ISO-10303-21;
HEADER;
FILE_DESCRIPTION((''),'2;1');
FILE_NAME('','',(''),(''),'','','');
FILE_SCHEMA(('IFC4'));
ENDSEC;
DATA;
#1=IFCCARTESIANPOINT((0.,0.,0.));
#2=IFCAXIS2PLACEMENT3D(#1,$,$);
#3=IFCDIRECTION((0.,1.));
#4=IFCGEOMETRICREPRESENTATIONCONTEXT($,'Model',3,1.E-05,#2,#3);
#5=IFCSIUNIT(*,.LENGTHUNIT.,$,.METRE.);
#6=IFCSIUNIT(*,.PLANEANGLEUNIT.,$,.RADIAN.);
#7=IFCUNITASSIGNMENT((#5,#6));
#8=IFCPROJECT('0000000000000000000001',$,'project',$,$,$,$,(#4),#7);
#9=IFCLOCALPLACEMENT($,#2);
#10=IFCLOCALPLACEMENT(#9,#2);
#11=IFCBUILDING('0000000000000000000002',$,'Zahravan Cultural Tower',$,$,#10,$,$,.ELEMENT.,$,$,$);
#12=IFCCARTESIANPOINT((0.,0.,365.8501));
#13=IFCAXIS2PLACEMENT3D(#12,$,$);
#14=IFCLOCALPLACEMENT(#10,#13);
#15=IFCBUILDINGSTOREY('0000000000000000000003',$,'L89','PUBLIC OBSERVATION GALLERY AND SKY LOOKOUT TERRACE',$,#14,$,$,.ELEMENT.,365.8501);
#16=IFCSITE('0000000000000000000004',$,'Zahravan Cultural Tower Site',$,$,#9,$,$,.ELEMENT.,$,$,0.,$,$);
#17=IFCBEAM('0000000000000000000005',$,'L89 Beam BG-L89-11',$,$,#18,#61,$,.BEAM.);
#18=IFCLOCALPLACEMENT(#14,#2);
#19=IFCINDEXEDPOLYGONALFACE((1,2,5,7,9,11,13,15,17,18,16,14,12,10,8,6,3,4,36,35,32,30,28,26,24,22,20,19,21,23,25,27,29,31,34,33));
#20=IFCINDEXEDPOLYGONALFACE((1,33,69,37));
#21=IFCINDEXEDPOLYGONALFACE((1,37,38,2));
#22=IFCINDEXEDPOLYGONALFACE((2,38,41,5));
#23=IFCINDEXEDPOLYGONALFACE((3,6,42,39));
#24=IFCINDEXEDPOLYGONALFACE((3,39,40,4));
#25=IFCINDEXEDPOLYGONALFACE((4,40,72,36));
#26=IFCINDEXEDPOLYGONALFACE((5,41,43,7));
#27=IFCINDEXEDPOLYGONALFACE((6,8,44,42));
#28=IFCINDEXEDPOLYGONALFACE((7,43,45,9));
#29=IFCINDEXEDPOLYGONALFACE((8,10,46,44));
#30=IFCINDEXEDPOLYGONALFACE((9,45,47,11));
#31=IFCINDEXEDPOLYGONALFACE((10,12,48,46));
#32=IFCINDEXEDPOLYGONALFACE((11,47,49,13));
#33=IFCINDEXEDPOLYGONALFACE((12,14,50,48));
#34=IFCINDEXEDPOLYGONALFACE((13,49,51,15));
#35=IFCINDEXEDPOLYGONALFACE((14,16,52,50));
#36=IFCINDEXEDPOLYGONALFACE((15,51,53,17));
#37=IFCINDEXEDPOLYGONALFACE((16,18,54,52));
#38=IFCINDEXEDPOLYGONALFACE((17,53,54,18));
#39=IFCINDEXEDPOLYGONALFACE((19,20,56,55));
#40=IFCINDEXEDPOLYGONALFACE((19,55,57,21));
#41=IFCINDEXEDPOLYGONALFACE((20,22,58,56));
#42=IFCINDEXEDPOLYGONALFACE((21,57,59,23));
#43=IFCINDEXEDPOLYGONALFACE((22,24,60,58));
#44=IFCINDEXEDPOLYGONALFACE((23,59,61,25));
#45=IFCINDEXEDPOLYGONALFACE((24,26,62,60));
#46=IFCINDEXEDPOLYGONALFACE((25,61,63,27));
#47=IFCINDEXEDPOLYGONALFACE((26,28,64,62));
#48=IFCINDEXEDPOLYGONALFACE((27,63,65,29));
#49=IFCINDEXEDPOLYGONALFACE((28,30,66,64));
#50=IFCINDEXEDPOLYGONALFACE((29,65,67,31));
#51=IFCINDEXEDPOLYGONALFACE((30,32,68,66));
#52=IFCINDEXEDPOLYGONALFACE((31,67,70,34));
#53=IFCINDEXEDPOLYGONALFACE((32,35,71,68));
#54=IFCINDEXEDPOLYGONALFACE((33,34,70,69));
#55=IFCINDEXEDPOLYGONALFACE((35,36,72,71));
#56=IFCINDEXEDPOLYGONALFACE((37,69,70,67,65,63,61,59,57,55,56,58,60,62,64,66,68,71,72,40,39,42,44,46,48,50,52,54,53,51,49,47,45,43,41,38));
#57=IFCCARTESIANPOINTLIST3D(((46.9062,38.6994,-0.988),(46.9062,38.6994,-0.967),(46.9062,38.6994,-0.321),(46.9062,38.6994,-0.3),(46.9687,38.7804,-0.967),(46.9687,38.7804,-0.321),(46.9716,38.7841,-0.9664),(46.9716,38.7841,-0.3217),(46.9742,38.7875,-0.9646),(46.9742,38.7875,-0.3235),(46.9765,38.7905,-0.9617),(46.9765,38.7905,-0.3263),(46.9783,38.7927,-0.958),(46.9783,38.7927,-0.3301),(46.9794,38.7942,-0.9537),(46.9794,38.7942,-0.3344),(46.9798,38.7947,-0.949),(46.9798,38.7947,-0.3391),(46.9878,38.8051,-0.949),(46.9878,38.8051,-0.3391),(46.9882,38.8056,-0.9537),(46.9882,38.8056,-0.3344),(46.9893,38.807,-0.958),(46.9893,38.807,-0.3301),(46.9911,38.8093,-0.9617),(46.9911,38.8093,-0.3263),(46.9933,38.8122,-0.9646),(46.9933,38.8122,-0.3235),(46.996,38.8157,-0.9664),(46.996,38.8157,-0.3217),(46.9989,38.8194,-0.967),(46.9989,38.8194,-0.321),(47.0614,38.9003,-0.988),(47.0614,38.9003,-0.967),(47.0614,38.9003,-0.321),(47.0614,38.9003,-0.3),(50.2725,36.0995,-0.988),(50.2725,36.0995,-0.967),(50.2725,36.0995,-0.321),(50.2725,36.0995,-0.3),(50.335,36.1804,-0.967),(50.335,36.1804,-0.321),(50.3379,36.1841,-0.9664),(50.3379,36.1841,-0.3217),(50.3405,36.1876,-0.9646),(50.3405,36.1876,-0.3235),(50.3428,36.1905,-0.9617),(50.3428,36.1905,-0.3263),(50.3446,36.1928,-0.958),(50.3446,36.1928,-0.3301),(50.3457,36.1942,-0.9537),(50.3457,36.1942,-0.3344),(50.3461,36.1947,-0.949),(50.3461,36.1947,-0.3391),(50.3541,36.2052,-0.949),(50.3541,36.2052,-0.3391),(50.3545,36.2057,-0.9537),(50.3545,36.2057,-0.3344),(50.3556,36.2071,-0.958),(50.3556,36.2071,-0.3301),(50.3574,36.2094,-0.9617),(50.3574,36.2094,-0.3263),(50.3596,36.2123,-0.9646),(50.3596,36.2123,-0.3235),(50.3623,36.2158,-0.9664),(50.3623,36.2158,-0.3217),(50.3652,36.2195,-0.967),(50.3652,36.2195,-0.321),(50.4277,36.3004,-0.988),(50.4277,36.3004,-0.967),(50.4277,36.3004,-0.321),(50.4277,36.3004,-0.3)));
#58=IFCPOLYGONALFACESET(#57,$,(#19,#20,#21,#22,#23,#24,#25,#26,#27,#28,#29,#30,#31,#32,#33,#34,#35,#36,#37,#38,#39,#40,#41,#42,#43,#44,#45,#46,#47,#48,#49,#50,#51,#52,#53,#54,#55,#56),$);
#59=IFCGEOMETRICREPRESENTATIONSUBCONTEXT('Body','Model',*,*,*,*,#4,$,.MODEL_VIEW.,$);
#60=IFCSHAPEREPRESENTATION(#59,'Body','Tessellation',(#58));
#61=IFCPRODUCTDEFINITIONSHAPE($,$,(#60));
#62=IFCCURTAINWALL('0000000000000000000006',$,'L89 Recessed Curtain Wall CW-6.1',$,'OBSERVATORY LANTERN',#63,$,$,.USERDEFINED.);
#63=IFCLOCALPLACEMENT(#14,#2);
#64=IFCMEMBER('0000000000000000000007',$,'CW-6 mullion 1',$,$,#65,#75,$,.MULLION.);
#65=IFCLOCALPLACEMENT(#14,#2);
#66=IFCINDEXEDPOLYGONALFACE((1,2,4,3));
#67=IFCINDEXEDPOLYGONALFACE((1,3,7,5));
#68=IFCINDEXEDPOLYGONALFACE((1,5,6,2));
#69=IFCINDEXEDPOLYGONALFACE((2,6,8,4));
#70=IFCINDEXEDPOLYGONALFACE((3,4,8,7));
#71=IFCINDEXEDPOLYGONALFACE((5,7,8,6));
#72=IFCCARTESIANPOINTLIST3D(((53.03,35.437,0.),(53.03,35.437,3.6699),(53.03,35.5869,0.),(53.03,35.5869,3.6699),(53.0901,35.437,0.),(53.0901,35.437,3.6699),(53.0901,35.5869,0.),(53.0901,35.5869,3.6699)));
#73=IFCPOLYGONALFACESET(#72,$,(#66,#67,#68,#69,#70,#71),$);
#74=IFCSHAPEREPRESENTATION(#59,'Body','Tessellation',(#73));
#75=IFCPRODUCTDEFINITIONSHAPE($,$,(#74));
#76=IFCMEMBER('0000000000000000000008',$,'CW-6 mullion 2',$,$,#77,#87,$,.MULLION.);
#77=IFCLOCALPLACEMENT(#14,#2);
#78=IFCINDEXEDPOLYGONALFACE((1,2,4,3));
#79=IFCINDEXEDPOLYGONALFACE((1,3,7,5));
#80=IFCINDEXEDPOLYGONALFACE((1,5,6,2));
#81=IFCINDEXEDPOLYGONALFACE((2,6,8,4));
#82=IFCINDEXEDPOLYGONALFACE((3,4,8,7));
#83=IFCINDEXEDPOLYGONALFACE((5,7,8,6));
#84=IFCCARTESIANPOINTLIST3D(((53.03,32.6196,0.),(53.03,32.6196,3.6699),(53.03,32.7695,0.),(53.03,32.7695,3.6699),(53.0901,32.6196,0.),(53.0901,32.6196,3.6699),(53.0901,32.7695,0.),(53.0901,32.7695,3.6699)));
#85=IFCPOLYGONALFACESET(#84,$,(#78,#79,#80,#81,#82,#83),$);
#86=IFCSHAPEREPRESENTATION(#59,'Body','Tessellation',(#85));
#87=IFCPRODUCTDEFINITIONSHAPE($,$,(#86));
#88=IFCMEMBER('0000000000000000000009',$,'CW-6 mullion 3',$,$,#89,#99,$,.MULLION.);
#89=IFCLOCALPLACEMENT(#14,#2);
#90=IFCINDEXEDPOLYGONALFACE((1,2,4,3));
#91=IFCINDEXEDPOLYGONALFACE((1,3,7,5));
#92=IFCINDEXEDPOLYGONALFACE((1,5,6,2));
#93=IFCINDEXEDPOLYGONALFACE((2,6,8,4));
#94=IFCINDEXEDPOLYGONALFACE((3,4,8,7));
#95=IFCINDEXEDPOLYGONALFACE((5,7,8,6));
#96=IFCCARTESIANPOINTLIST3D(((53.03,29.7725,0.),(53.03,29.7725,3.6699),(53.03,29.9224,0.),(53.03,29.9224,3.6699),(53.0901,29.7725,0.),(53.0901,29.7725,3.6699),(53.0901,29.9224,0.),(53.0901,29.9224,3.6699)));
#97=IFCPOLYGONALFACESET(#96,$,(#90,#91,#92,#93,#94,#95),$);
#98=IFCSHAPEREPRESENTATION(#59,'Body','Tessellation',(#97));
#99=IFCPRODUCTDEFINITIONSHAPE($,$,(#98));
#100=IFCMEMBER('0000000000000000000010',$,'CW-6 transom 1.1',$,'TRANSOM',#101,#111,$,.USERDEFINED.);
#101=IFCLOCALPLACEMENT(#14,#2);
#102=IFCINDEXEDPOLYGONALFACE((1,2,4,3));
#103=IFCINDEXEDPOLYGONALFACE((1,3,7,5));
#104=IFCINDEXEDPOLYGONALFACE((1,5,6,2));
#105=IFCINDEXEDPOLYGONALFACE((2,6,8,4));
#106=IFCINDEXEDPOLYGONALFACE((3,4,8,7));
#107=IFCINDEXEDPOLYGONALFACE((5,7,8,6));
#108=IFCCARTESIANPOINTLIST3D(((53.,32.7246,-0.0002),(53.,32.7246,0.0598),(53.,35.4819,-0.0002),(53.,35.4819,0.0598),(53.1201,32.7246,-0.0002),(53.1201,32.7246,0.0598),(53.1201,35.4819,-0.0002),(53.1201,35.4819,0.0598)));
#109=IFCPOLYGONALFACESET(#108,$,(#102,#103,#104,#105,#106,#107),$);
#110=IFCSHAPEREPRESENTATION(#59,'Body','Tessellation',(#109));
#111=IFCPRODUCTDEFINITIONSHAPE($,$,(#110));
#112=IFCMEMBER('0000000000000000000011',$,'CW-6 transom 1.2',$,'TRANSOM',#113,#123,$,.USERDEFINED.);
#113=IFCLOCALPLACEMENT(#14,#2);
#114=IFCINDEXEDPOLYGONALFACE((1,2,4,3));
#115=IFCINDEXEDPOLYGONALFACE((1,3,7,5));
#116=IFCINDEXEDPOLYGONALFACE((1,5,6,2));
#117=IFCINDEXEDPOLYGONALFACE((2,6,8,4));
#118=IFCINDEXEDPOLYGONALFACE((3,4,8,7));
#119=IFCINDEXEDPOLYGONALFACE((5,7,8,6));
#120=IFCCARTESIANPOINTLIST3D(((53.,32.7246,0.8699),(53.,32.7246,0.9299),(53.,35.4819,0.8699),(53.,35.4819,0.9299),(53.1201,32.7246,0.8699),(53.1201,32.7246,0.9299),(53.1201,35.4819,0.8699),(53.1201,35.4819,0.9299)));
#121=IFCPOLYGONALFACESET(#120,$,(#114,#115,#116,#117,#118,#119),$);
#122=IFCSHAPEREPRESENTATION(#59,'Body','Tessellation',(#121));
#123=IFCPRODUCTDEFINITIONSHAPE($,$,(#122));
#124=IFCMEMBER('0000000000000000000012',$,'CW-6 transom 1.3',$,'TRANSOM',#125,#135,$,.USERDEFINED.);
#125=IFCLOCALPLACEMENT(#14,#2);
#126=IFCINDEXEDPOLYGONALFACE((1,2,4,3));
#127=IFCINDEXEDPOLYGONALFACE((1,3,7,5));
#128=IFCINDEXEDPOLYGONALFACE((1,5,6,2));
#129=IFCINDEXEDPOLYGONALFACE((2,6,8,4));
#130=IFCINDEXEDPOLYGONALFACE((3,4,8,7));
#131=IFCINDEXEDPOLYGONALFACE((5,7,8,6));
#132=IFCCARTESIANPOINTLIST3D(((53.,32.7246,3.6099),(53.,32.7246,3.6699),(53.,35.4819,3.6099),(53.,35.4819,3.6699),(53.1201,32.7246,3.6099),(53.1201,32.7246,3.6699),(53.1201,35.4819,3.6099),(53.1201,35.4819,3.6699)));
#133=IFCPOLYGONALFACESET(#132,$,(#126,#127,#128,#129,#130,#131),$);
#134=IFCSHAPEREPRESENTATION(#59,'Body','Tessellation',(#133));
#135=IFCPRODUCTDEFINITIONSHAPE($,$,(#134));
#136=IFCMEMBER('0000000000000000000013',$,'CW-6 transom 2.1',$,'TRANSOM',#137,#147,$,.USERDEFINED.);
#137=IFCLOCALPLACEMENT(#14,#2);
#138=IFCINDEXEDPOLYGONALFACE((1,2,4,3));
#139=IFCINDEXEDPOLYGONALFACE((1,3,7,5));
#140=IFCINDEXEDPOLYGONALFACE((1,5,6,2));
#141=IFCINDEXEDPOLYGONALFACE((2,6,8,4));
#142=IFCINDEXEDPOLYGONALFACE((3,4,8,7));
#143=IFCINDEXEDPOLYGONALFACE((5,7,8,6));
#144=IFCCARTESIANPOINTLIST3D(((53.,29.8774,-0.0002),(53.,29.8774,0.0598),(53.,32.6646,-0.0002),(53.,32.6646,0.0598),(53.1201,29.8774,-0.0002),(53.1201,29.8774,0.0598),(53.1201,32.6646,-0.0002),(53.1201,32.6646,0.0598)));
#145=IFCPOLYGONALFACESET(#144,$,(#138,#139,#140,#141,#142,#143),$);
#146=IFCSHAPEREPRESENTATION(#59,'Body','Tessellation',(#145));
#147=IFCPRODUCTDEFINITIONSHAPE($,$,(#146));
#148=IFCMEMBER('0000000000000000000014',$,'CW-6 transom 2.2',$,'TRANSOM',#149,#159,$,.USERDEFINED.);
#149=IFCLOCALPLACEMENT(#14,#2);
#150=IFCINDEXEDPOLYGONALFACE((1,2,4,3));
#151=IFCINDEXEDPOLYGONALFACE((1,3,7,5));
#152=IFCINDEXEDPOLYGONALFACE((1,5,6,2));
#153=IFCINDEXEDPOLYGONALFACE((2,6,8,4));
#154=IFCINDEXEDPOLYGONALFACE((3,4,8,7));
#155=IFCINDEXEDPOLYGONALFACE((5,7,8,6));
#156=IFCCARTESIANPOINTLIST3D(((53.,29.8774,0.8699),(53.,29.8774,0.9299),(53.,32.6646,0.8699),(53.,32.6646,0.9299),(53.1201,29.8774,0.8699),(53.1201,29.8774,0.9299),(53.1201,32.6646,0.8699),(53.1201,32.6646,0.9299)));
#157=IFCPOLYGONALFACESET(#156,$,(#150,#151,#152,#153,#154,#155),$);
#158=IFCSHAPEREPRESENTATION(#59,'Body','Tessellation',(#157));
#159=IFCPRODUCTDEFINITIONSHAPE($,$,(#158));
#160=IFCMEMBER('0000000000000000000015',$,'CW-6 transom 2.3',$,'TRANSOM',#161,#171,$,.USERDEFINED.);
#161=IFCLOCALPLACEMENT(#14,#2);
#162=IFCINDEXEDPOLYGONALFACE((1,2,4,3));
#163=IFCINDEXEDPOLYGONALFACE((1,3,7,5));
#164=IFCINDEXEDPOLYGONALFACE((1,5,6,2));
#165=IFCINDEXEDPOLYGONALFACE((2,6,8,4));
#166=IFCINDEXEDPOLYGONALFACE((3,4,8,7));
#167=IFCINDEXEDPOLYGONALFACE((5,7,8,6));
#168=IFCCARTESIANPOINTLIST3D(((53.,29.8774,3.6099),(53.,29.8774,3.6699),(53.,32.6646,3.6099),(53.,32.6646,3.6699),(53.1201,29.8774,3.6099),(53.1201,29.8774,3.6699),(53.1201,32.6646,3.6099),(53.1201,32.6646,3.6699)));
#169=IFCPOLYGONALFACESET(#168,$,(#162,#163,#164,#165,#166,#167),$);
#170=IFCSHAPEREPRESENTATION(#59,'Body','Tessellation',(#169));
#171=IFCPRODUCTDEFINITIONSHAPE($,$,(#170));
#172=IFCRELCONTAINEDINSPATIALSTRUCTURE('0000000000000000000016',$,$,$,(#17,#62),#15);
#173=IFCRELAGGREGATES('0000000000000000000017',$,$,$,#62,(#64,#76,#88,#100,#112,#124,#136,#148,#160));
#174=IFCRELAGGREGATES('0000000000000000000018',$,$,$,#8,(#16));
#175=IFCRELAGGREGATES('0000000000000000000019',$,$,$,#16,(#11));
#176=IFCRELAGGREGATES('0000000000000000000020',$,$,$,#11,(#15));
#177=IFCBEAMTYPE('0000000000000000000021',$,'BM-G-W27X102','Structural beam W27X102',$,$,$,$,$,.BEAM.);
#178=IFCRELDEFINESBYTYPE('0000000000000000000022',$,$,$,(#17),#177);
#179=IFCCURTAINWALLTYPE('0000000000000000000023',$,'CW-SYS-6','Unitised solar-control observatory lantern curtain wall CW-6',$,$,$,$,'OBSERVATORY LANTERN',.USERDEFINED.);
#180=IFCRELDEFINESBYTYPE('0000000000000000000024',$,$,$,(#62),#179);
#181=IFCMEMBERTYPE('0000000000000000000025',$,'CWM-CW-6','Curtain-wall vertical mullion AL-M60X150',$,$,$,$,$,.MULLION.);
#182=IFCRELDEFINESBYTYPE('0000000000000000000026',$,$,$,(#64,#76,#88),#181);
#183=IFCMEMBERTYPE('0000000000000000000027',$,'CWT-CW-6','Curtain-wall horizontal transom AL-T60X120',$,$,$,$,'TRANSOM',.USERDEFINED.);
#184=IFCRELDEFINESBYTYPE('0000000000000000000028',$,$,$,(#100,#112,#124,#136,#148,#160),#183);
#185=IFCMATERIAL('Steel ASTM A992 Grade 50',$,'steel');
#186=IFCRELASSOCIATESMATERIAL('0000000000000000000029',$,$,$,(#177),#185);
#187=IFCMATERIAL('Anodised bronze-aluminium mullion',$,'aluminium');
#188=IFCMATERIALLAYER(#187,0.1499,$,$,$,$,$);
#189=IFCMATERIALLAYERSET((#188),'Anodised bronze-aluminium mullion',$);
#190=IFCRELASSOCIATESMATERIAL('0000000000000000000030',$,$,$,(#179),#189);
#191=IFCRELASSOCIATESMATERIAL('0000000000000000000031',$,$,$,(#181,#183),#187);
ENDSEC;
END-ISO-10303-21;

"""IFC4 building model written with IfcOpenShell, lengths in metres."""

from ifc_helpers import new_model, si_unit, direction, frame, origin, origin_2d, place, context, subcontext, project, spatial, rectangle, i_section, extrude, source, transform, mapped, material, layer, layer_set, material_profile, profile_set, type_object, element, aggregate, save


model = new_model("IFC4")

# Units and contexts
model_context = context("Model", 3, precision=1e-05, world=origin(), true_north=direction((0.0, 1.0)))
body_context = subcontext(model_context, "Body", "Model", "MODEL_VIEW")
ifc_project = project(units=[si_unit("LENGTHUNIT", "METRE"), si_unit("PLANEANGLEUNIT", "RADIAN")], contexts=[model_context])

# Site, building, storey
site_placement = place(None, origin())
site = spatial("IfcSite", under=ifc_project, at=site_placement, Name="Zahravan Cultural Tower Site", CompositionType="ELEMENT", RefElevation=0.0)
building_placement = place(site_placement, origin())
building = spatial("IfcBuilding", under=site, at=building_placement, Name="Zahravan Cultural Tower", CompositionType="ELEMENT")
storey_placement = place(building_placement, frame((0.0, 0.0, 365.8501)))
storey = spatial("IfcBuildingStorey", under=building, at=storey_placement, Name="L89", Description="PUBLIC OBSERVATION GALLERY AND SKY LOOKOUT TERRACE", CompositionType="ELEMENT", Elevation=365.8501)

# Beam
ifc_material_1 = material(Name="Steel ASTM A992 Grade 50", Category="steel")
ifc_material_profile_1 = material_profile(ifc_material_1, i_section(OverallWidth=0.2539, OverallDepth=0.688, WebThickness=0.0132, FlangeThickness=0.021, FilletRadius=0.0181, at=origin_2d()), Name="W27X102")
ifc_profile_set_1 = profile_set([ifc_material_profile_1], Name="Steel ASTM A992 Grade 50")
beam_type_1 = type_object("IfcBeamType", Name="BM-G-W27X102", Description="Structural beam W27X102", PredefinedType="BEAM", material=ifc_profile_set_1)
shared_shape_1 = source(origin(), body_context, "Body", "SweptSolid", [
    extrude(i_section(OverallWidth=0.2539, OverallDepth=0.688, WebThickness=0.0132, FlangeThickness=0.021, FilletRadius=0.0181, at=origin_2d()), origin(), (0.0, 0.0, 1.0), 4.2534),
])
beam_1_placement = place(storey_placement, frame((50.3501, 36.2, -0.644), z_axis=(-0.791434, 0.611255, 0.0), x_axis=(-0.611255, -0.791434, 0.0)))
element("IfcBeam", 1, at=beam_1_placement, inside=storey, type_object=beam_type_1, Name="L89 Beam BG-L89-11", PredefinedType="BEAM", context=body_context, shape_type="MappedRepresentation", body=[
    mapped(shared_shape_1, transform((0.0, 0.0, 0.0), x_axis=(1.0, 0.0, 0.0), y_axis=(0.0, 1.0, 0.0), z_axis=(0.0, 0.0, 1.0), scale=1.0)),
])

# Curtain wall, members
ifc_material_2 = material(Name="Anodised bronze-aluminium mullion", Category="aluminium")
ifc_layer_1 = layer(ifc_material_2, 0.1499)
ifc_layer_set_1 = layer_set([ifc_layer_1], Name="Anodised bronze-aluminium mullion")
curtain_wall_type = type_object("IfcCurtainWallType", Name="CW-SYS-6", Description="Unitised solar-control observatory lantern curtain wall CW-6", ElementType="OBSERVATORY LANTERN", PredefinedType="USERDEFINED", material=ifc_layer_set_1)
curtain_wall_placement = place(storey_placement, origin())
curtain_wall = element("IfcCurtainWall", 2, at=curtain_wall_placement, inside=storey, type_object=curtain_wall_type, Name="L89 Recessed Curtain Wall CW-6.1", ObjectType="OBSERVATORY LANTERN", PredefinedType="USERDEFINED")
ifc_material_profile_2 = material_profile(ifc_material_2, rectangle(XDim=0.0601, YDim=0.1499, at=origin_2d()), Name="AL-M60X150")
ifc_profile_set_2 = profile_set([ifc_material_profile_2], Name="Anodised bronze-aluminium mullion")
member_type_1 = type_object("IfcMemberType", Name="CWM-CW-6", Description="Curtain-wall vertical mullion AL-M60X150", PredefinedType="MULLION", material=ifc_profile_set_2)
shared_shape_2 = source(origin(), body_context, "Body", "SweptSolid", [
    extrude(rectangle(XDim=0.0601, YDim=0.1499, at=origin_2d()), origin(), (0.0, 0.0, 1.0), 3.6699),
])
member_1_placement = place(storey_placement, frame((53.0601, 35.512, 0.0), z_axis=(0.0, 0.0, 1.0), x_axis=(1.0, 0.0, 0.0)))
member_1 = element("IfcMember", 3, at=member_1_placement, type_object=member_type_1, Name="CW-6 mullion 1", PredefinedType="MULLION", context=body_context, shape_type="MappedRepresentation", body=[
    mapped(shared_shape_2, transform((0.0, 0.0, 0.0), x_axis=(1.0, 0.0, 0.0), y_axis=(0.0, 1.0, 0.0), z_axis=(0.0, 0.0, 1.0), scale=1.0)),
])
member_2_placement = place(storey_placement, frame((53.0601, 32.6946, 0.0), z_axis=(0.0, 0.0, 1.0), x_axis=(1.0, 0.0, 0.0)))
member_2 = element("IfcMember", 4, at=member_2_placement, type_object=member_type_1, Name="CW-6 mullion 2", PredefinedType="MULLION", context=body_context, shape_type="MappedRepresentation", body=[
    mapped(shared_shape_2, transform((0.0, 0.0, 0.0), x_axis=(1.0, 0.0, 0.0), y_axis=(0.0, 1.0, 0.0), z_axis=(0.0, 0.0, 1.0), scale=1.0)),
])
member_3_placement = place(storey_placement, frame((53.0601, 29.8474, 0.0), z_axis=(0.0, 0.0, 1.0), x_axis=(1.0, 0.0, 0.0)))
member_3 = element("IfcMember", 5, at=member_3_placement, type_object=member_type_1, Name="CW-6 mullion 3", PredefinedType="MULLION", context=body_context, shape_type="MappedRepresentation", body=[
    mapped(shared_shape_2, transform((0.0, 0.0, 0.0), x_axis=(1.0, 0.0, 0.0), y_axis=(0.0, 1.0, 0.0), z_axis=(0.0, 0.0, 1.0), scale=1.0)),
])
ifc_material_profile_3 = material_profile(ifc_material_2, rectangle(XDim=0.1201, YDim=0.0601, at=origin_2d()), Name="AL-T60X120")
ifc_profile_set_3 = profile_set([ifc_material_profile_3], Name="Anodised bronze-aluminium mullion")
member_type_2 = type_object("IfcMemberType", Name="CWT-CW-6", Description="Curtain-wall horizontal transom AL-T60X120", ElementType="TRANSOM", PredefinedType="USERDEFINED", material=ifc_profile_set_3)
shared_shape_3 = source(origin(), body_context, "Body", "SweptSolid", [
    extrude(rectangle(XDim=0.1201, YDim=0.0601, at=origin_2d()), origin(), (0.0, 0.0, 1.0), 2.7573),
])
member_4_placement = place(storey_placement, frame((53.0601, 35.4819, 0.0298), z_axis=(0.0, -1.0, 0.0), x_axis=(1.0, 0.0, 0.0)))
member_4 = element("IfcMember", 6, at=member_4_placement, type_object=member_type_2, Name="CW-6 transom 1.1", ObjectType="TRANSOM", PredefinedType="USERDEFINED", context=body_context, shape_type="MappedRepresentation", body=[
    mapped(shared_shape_3, transform((0.0, 0.0, 0.0), x_axis=(1.0, 0.0, 0.0), y_axis=(0.0, 1.0, 0.0), z_axis=(0.0, 0.0, 1.0), scale=1.0)),
])
member_5_placement = place(storey_placement, frame((53.0601, 35.4819, 0.8999), z_axis=(0.0, -1.0, 0.0), x_axis=(1.0, 0.0, 0.0)))
member_5 = element("IfcMember", 7, at=member_5_placement, type_object=member_type_2, Name="CW-6 transom 1.2", ObjectType="TRANSOM", PredefinedType="USERDEFINED", context=body_context, shape_type="MappedRepresentation", body=[
    mapped(shared_shape_3, transform((0.0, 0.0, 0.0), x_axis=(1.0, 0.0, 0.0), y_axis=(0.0, 1.0, 0.0), z_axis=(0.0, 0.0, 1.0), scale=1.0)),
])
member_6_placement = place(storey_placement, frame((53.0601, 35.4819, 3.6399), z_axis=(0.0, -1.0, 0.0), x_axis=(1.0, 0.0, 0.0)))
member_6 = element("IfcMember", 8, at=member_6_placement, type_object=member_type_2, Name="CW-6 transom 1.3", ObjectType="TRANSOM", PredefinedType="USERDEFINED", context=body_context, shape_type="MappedRepresentation", body=[
    mapped(shared_shape_3, transform((0.0, 0.0, 0.0), x_axis=(1.0, 0.0, 0.0), y_axis=(0.0, 1.0, 0.0), z_axis=(0.0, 0.0, 1.0), scale=1.0)),
])
shared_shape_4 = source(origin(), body_context, "Body", "SweptSolid", [
    extrude(rectangle(XDim=0.1201, YDim=0.0601, at=origin_2d()), origin(), (0.0, 0.0, 1.0), 2.7871),
])
member_7_placement = place(storey_placement, frame((53.0601, 32.6646, 0.0298), z_axis=(0.0, -1.0, 0.0), x_axis=(1.0, 0.0, 0.0)))
member_7 = element("IfcMember", 9, at=member_7_placement, type_object=member_type_2, Name="CW-6 transom 2.1", ObjectType="TRANSOM", PredefinedType="USERDEFINED", context=body_context, shape_type="MappedRepresentation", body=[
    mapped(shared_shape_4, transform((0.0, 0.0, 0.0), x_axis=(1.0, 0.0, 0.0), y_axis=(0.0, 1.0, 0.0), z_axis=(0.0, 0.0, 1.0), scale=1.0)),
])
member_8_placement = place(storey_placement, frame((53.0601, 32.6646, 0.8999), z_axis=(0.0, -1.0, 0.0), x_axis=(1.0, 0.0, 0.0)))
member_8 = element("IfcMember", 10, at=member_8_placement, type_object=member_type_2, Name="CW-6 transom 2.2", ObjectType="TRANSOM", PredefinedType="USERDEFINED", context=body_context, shape_type="MappedRepresentation", body=[
    mapped(shared_shape_4, transform((0.0, 0.0, 0.0), x_axis=(1.0, 0.0, 0.0), y_axis=(0.0, 1.0, 0.0), z_axis=(0.0, 0.0, 1.0), scale=1.0)),
])
member_9_placement = place(storey_placement, frame((53.0601, 32.6646, 3.6399), z_axis=(0.0, -1.0, 0.0), x_axis=(1.0, 0.0, 0.0)))
member_9 = element("IfcMember", 11, at=member_9_placement, type_object=member_type_2, Name="CW-6 transom 2.3", ObjectType="TRANSOM", PredefinedType="USERDEFINED", context=body_context, shape_type="MappedRepresentation", body=[
    mapped(shared_shape_4, transform((0.0, 0.0, 0.0), x_axis=(1.0, 0.0, 0.0), y_axis=(0.0, 1.0, 0.0), z_axis=(0.0, 0.0, 1.0), scale=1.0)),
])
aggregate(curtain_wall, [member_1, member_2, member_3, member_4, member_5, member_6, member_7, member_8, member_9])

save(model, "model.ifc")
